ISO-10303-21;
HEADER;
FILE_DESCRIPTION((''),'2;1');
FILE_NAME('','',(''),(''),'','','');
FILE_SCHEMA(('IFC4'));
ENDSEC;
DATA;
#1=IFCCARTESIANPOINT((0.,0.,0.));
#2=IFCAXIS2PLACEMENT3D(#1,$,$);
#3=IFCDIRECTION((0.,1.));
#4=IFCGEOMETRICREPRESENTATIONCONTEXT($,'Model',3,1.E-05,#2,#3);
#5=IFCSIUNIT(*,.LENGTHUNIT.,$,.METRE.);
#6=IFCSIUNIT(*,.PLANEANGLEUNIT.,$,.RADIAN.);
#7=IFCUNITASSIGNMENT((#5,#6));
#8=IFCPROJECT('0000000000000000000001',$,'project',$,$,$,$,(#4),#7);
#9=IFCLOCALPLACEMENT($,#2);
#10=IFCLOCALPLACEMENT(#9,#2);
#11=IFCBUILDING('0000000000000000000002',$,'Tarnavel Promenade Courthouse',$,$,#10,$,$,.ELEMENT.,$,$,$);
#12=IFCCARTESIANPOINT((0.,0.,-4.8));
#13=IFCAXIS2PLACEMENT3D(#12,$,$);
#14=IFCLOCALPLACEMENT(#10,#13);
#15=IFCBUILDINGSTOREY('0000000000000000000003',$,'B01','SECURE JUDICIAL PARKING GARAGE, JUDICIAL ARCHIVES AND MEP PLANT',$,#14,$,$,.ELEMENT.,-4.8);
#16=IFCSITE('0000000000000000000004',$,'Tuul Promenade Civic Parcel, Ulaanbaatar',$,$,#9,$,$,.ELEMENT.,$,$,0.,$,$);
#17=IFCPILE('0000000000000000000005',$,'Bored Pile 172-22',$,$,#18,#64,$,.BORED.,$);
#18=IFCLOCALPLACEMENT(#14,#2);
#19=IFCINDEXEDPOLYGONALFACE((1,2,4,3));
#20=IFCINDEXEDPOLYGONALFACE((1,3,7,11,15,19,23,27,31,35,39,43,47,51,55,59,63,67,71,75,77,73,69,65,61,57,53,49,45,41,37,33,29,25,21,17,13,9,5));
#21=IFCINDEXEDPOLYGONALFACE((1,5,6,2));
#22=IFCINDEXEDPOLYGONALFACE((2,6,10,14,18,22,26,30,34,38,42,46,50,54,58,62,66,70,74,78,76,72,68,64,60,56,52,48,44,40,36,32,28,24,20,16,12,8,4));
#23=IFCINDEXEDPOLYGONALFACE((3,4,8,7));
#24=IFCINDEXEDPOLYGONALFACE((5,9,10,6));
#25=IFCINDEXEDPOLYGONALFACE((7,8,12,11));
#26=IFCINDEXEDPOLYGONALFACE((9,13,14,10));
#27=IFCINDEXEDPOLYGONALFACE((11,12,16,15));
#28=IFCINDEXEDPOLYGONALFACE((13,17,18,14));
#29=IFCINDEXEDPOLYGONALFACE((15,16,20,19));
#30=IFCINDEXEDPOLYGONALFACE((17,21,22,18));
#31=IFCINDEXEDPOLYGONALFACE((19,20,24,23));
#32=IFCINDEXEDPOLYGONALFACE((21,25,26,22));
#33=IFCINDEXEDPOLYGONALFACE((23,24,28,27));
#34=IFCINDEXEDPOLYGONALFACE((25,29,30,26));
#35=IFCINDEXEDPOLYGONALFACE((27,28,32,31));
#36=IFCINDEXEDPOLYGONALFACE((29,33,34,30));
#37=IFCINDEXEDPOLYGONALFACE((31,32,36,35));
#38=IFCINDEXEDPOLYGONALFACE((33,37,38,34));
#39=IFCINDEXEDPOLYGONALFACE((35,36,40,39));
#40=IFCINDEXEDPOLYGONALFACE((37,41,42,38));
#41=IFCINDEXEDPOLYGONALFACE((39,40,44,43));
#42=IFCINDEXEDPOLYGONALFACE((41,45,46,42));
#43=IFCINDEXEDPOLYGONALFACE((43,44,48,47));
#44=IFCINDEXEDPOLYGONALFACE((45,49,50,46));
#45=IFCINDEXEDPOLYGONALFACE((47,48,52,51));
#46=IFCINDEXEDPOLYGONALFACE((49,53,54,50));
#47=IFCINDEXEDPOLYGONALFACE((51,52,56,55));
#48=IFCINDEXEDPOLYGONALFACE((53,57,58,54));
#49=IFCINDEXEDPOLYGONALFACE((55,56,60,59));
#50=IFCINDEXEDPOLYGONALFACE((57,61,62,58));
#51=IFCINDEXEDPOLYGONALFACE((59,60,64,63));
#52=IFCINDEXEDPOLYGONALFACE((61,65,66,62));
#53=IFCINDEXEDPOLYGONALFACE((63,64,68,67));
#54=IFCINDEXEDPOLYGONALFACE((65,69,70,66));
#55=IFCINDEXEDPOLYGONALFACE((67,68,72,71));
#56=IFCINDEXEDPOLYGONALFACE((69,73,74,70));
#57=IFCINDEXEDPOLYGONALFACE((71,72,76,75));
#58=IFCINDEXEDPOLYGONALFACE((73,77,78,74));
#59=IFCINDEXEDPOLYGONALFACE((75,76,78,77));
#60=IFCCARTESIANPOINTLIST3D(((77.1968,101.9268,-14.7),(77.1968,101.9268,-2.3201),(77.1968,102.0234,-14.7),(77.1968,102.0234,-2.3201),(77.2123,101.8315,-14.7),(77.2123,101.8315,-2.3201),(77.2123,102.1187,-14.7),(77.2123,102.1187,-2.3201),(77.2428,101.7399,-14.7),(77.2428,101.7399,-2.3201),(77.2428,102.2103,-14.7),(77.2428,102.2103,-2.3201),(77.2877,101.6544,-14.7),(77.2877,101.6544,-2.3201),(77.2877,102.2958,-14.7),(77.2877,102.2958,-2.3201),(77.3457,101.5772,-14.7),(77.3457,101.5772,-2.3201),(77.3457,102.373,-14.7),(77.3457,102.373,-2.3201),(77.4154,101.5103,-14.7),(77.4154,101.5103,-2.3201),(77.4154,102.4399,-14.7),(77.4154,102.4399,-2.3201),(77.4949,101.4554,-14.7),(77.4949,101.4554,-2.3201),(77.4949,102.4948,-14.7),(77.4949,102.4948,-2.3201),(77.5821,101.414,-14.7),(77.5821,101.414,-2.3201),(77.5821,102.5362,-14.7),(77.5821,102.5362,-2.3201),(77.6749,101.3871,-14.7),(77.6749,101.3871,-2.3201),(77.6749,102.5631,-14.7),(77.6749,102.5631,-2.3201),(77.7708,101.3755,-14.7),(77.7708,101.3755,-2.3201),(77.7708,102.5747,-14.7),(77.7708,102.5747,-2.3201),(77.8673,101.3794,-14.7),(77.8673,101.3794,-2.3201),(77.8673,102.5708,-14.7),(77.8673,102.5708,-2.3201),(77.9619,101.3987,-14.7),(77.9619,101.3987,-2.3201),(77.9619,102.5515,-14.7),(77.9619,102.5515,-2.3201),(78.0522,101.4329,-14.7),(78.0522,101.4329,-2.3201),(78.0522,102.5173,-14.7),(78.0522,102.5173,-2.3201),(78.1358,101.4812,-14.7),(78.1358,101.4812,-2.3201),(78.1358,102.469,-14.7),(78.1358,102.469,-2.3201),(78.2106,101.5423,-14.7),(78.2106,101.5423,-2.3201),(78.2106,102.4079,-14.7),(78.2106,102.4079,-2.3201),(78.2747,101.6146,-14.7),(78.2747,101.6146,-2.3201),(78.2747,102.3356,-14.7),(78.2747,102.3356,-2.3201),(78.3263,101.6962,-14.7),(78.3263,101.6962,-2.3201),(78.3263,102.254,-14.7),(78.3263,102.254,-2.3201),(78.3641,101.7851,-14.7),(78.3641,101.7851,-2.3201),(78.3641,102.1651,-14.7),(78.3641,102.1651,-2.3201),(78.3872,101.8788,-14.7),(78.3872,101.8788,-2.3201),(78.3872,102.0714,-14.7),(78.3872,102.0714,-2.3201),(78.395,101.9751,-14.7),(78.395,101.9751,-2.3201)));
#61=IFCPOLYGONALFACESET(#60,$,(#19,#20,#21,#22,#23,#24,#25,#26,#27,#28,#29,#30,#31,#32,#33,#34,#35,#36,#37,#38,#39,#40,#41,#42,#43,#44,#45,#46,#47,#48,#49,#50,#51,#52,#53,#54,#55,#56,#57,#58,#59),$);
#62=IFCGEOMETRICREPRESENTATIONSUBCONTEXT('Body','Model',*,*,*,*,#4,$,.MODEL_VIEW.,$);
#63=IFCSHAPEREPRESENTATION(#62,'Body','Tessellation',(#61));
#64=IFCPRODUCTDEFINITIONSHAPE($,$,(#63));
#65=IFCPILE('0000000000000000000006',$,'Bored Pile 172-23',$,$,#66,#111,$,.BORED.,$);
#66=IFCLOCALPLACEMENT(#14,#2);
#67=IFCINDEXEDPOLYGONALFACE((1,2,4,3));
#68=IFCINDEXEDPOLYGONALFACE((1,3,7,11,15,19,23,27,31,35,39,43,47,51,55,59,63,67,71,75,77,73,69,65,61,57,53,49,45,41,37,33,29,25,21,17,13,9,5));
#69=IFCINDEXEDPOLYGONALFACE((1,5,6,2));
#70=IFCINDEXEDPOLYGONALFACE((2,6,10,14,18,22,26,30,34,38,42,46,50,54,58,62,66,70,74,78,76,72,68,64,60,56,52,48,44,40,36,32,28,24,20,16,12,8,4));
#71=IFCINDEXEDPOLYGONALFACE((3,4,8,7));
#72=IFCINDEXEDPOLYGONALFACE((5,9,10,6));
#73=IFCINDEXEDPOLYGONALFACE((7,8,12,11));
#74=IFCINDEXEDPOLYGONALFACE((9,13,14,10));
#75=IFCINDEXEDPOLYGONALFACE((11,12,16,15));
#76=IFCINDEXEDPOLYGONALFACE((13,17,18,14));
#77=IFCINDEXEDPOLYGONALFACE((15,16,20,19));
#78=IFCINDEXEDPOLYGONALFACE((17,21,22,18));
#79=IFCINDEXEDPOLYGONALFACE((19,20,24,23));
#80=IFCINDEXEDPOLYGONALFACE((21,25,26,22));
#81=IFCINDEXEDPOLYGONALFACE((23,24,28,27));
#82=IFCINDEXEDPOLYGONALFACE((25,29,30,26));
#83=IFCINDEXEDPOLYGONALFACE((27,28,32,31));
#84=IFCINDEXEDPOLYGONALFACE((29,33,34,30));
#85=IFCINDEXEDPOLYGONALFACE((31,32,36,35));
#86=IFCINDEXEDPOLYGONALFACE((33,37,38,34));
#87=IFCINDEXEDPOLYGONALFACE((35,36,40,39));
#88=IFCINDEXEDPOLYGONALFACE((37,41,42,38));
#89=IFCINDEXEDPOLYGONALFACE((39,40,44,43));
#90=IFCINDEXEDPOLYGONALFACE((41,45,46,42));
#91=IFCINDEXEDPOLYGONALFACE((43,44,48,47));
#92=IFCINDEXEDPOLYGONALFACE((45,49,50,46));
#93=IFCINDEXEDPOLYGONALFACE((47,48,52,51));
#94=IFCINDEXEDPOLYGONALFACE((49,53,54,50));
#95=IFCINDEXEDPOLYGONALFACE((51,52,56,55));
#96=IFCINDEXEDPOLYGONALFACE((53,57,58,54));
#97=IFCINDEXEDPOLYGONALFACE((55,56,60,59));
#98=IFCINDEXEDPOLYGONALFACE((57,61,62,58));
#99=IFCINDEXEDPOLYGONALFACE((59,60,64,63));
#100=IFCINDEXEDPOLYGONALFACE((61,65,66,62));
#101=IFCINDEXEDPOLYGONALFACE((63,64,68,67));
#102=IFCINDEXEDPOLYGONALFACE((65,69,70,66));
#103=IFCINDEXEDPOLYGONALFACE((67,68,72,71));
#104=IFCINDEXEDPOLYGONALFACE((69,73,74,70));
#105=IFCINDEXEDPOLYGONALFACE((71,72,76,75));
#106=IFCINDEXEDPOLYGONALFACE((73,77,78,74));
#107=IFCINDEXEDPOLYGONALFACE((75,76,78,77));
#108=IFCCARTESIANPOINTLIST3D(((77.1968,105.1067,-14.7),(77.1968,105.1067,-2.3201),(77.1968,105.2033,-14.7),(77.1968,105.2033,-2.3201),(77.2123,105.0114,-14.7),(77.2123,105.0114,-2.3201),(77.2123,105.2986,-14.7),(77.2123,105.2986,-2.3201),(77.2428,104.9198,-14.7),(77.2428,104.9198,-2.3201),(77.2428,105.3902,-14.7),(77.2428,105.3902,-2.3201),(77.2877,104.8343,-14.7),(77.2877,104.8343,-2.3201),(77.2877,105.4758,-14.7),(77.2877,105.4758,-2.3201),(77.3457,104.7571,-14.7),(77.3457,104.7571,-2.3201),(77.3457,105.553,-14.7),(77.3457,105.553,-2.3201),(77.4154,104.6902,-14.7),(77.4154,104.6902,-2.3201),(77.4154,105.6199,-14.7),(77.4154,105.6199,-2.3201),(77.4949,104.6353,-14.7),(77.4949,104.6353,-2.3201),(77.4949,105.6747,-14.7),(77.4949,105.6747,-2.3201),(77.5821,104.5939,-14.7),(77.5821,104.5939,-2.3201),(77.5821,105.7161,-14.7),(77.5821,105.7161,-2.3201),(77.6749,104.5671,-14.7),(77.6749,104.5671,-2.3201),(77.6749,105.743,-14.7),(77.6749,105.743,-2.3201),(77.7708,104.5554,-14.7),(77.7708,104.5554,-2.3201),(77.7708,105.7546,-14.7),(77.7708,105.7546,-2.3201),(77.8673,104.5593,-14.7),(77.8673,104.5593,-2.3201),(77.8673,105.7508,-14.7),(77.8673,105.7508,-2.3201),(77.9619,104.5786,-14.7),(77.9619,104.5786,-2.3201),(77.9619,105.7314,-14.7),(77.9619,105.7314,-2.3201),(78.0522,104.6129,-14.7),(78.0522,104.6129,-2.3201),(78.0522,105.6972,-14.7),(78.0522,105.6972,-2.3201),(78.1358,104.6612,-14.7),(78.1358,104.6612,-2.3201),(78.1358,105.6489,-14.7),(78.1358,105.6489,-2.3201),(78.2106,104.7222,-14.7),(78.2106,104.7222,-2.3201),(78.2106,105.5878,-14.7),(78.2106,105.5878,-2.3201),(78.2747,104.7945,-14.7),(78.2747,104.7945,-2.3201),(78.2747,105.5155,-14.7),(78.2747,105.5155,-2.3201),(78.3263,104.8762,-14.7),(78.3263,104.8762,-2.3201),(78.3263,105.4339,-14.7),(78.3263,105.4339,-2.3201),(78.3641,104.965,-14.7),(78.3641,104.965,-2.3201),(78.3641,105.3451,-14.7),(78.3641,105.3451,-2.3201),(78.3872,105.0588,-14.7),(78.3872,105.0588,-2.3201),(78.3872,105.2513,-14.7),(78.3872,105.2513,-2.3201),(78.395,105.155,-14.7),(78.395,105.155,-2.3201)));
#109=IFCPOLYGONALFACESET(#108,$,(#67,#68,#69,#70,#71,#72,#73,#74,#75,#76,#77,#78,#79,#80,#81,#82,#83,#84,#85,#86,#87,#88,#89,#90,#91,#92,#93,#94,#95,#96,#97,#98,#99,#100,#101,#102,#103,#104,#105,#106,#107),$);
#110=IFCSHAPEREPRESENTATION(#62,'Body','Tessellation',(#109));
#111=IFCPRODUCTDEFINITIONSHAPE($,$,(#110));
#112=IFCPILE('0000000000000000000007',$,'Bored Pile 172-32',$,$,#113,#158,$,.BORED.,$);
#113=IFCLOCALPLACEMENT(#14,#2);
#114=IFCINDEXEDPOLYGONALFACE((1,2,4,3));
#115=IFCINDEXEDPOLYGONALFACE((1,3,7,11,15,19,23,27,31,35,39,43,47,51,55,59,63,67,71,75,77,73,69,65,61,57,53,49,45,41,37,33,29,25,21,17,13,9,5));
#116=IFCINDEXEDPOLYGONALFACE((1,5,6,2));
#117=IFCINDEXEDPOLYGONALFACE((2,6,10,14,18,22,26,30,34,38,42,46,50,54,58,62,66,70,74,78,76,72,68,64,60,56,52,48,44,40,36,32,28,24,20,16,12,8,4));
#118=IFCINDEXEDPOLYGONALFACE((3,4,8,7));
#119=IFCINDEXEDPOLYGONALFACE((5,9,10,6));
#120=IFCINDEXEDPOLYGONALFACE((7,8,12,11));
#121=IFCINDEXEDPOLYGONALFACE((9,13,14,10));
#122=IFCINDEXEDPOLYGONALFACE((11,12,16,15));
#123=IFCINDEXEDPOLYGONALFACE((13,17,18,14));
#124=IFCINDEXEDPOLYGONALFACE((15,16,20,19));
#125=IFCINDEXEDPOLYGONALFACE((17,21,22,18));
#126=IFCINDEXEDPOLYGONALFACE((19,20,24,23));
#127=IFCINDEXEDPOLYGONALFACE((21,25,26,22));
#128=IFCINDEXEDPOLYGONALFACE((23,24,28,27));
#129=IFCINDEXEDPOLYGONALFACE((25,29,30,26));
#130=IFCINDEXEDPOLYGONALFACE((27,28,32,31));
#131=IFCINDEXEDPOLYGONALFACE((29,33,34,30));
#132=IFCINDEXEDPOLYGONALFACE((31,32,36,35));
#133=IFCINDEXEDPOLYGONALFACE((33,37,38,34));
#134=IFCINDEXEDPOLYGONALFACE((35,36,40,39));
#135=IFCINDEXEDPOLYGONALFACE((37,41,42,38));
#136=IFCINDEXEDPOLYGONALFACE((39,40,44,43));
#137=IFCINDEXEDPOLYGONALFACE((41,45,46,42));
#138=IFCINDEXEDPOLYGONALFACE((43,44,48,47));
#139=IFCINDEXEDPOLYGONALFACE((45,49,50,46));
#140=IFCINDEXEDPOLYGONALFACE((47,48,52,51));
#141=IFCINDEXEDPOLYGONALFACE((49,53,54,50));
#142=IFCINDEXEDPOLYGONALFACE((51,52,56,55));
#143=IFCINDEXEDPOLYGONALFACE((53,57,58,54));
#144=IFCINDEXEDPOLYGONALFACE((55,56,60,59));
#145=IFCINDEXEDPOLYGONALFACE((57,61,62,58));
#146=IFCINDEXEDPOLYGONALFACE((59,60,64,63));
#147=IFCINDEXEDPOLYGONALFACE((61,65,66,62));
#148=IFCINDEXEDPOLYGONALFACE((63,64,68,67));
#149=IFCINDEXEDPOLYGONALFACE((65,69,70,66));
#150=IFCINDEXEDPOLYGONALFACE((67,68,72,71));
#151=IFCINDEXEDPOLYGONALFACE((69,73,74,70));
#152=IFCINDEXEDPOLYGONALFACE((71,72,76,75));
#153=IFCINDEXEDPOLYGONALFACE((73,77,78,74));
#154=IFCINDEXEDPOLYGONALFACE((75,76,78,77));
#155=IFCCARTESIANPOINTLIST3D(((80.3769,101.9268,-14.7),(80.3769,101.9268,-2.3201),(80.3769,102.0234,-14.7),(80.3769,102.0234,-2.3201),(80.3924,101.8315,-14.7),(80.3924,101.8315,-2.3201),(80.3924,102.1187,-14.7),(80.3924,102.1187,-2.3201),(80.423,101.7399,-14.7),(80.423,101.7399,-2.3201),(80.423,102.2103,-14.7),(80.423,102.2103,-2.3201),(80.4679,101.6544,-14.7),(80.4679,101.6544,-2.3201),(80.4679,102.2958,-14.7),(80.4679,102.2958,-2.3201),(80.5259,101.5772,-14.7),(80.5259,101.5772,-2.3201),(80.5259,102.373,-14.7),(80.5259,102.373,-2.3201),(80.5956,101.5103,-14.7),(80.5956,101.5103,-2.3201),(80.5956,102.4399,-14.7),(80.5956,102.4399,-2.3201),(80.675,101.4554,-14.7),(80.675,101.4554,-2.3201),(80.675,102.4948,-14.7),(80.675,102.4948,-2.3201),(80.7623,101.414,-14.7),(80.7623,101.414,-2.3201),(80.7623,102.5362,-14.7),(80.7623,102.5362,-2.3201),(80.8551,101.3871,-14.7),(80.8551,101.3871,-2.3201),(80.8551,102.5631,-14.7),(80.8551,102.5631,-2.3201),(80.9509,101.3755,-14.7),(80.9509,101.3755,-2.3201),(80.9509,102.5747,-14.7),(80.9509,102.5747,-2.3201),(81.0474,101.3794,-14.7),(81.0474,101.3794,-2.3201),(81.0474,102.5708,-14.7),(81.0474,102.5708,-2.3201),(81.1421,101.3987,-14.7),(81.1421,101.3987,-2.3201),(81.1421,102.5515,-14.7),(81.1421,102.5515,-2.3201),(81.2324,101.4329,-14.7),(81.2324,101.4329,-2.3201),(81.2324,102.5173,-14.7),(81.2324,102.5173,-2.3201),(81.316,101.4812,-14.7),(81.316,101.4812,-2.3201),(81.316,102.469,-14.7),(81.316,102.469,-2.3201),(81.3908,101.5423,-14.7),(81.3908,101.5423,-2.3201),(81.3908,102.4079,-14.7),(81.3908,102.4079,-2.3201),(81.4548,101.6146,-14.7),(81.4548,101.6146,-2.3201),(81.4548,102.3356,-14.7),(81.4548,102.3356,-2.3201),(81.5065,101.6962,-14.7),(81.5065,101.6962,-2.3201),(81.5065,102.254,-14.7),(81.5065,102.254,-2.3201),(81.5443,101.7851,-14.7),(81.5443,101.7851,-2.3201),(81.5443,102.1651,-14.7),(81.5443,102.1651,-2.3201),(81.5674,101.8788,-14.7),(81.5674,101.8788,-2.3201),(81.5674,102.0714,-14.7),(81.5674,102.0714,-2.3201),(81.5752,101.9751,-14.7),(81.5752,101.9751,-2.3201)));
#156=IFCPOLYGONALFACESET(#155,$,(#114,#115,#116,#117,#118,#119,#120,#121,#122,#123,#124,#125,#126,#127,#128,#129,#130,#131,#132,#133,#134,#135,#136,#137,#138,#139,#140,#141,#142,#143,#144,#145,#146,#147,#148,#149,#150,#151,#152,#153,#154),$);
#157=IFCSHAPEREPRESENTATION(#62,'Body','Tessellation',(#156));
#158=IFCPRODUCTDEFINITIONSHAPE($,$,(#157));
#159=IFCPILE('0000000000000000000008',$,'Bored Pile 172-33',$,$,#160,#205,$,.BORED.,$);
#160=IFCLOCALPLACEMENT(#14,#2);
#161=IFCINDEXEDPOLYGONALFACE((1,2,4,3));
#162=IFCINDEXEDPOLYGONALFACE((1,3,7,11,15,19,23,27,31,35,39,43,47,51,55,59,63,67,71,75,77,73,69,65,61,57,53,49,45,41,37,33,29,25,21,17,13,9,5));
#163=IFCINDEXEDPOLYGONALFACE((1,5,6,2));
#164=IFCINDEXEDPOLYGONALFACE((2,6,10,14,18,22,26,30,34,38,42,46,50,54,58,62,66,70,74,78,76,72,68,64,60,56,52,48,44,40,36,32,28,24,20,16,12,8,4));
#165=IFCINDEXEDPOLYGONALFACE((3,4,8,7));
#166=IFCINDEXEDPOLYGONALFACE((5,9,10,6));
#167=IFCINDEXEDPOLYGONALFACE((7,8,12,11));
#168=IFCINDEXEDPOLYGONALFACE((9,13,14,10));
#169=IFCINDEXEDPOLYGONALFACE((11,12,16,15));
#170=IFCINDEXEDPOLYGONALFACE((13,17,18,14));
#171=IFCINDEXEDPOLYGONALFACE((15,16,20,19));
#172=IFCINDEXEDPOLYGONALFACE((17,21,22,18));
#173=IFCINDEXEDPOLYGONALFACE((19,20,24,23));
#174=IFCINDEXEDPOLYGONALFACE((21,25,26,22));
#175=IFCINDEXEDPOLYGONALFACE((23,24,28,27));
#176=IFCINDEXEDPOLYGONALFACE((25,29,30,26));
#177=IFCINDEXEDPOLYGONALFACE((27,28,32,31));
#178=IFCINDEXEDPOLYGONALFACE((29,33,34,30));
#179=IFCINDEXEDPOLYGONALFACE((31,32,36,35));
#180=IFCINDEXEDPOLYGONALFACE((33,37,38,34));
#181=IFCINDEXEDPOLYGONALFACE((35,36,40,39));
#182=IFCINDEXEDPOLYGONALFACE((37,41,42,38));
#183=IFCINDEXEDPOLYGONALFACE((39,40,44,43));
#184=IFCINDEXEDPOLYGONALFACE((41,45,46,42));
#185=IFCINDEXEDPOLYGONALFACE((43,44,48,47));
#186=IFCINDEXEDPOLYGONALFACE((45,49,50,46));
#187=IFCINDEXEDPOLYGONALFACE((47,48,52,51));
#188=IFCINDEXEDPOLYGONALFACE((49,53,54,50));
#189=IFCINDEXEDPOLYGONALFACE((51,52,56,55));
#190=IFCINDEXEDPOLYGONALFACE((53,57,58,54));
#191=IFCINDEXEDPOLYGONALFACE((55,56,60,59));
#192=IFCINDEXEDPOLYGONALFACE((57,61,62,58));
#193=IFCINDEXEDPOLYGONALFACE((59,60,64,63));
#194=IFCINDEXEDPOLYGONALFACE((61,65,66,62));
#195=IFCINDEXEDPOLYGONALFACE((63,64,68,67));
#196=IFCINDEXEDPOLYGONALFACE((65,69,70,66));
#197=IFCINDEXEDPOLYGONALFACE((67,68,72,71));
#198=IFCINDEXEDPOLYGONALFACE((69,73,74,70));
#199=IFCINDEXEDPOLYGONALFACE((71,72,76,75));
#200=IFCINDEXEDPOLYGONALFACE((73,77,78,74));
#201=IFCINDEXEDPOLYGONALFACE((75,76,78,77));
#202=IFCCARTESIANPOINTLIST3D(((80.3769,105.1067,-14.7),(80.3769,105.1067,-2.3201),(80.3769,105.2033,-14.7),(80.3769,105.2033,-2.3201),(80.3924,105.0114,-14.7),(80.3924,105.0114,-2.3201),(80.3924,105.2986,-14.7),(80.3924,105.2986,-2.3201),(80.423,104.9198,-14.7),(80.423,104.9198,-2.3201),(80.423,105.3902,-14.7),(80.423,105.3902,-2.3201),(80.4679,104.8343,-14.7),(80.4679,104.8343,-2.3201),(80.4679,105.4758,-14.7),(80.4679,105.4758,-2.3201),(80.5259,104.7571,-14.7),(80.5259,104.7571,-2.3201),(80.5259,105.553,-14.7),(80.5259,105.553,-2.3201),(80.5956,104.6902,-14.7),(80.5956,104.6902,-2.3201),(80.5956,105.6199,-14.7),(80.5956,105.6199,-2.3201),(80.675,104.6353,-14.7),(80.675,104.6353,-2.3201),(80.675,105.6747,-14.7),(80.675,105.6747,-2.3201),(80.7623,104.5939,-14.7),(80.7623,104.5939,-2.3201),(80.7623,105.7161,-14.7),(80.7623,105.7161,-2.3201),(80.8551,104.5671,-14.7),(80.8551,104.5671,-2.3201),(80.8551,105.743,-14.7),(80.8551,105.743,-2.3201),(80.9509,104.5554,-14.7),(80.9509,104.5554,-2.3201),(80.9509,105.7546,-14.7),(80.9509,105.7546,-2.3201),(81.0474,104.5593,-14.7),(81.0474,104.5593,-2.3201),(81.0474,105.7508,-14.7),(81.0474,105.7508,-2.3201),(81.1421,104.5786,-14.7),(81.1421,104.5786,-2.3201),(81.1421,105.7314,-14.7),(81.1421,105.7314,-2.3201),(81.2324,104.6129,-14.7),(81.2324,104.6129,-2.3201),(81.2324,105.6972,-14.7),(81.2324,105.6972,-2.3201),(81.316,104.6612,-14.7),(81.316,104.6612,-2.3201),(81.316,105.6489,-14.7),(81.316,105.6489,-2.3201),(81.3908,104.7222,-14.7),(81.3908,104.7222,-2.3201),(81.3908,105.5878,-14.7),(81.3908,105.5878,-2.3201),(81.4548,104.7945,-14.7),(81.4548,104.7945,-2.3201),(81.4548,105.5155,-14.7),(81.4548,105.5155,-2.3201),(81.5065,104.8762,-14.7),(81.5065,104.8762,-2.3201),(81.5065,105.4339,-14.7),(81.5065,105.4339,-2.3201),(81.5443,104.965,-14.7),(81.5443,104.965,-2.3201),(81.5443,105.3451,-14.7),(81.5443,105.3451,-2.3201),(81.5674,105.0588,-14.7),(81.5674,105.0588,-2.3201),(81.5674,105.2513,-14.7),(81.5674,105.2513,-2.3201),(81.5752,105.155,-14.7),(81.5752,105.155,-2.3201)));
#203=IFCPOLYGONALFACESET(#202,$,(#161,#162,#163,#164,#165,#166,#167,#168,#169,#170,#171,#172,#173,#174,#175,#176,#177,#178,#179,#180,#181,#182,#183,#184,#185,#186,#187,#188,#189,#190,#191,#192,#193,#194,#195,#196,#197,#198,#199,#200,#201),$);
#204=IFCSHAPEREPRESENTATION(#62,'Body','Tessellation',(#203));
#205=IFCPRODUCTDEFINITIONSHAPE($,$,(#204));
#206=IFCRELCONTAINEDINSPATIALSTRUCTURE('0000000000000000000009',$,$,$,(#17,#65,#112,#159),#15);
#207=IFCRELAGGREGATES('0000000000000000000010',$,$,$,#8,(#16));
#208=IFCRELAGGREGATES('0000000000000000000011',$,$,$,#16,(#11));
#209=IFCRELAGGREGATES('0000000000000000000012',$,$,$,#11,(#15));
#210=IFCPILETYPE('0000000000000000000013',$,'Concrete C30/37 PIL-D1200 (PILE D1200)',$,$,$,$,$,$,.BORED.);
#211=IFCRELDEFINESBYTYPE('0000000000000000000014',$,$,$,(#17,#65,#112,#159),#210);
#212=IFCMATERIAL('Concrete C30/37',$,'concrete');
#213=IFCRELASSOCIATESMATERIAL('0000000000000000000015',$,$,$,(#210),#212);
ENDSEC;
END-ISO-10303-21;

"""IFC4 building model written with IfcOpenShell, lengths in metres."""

from ifc_helpers import new_model, si_unit, direction, frame, origin, origin_2d, place, context, subcontext, project, spatial, circle, extrude, material, material_profile, profile_set, type_object, element, save


model = new_model("IFC4")

# Units and contexts
model_context = context("Model", 3, precision=1e-05, world=origin(), true_north=direction((0.0, 1.0)))
body_context = subcontext(model_context, "Body", "Model", "MODEL_VIEW")
ifc_project = project(units=[si_unit("LENGTHUNIT", "METRE"), si_unit("PLANEANGLEUNIT", "RADIAN")], contexts=[model_context])

# Site, building, storey
site_placement = place(None, origin())
site = spatial("IfcSite", under=ifc_project, at=site_placement, Name="Tuul Promenade Civic Parcel, Ulaanbaatar", CompositionType="ELEMENT", RefElevation=0.0)
building_placement = place(site_placement, origin())
building = spatial("IfcBuilding", under=site, at=building_placement, Name="Tarnavel Promenade Courthouse", CompositionType="ELEMENT")
storey_placement = place(building_placement, frame((0.0, 0.0, -4.8)))
storey = spatial("IfcBuildingStorey", under=building, at=storey_placement, Name="B01", Description="SECURE JUDICIAL PARKING GARAGE, JUDICIAL ARCHIVES AND MEP PLANT", CompositionType="ELEMENT", Elevation=-4.8)

# Piles
ifc_material_1 = material(Name="Concrete C30/37", Category="concrete")
ifc_material_profile_1 = material_profile(ifc_material_1, circle(Radius=0.6001, at=origin_2d()), Name="PILE D1200")
ifc_profile_set_1 = profile_set([ifc_material_profile_1], Name="Concrete C30/37")
pile_type_1 = type_object("IfcPileType", Name="Concrete C30/37 PIL-D1200 (PILE D1200)", PredefinedType="BORED", material=ifc_profile_set_1)
for number, where, z_axis, x_axis, name in (
    (1, (77.7949, 101.9751, -2.3201), (0.0, 0.0, -1.0), (1.0, 0.0, 0.0), "Bored Pile 172-22"),
    (2, (77.7949, 105.155, -2.3201), (0.0, 0.0, -1.0), (1.0, 0.0, 0.0), "Bored Pile 172-23"),
    (3, (80.9751, 101.9751, -2.3201), (0.0, 0.0, -1.0), (1.0, 0.0, 0.0), "Bored Pile 172-32"),
    (4, (80.9751, 105.155, -2.3201), (0.0, 0.0, -1.0), (1.0, 0.0, 0.0), "Bored Pile 172-33"),
):
    element("IfcPile", number, at=place(storey_placement, frame(where, z_axis=z_axis, x_axis=x_axis)), inside=storey, type_object=pile_type_1, Name=name, PredefinedType="BORED", context=body_context, shape_type="SweptSolid", body=[
        extrude(circle(Radius=0.6001, at=origin_2d()), origin(), (0.0, 0.0, 1.0), 12.3799),
    ])

save(model, "model.ifc")
